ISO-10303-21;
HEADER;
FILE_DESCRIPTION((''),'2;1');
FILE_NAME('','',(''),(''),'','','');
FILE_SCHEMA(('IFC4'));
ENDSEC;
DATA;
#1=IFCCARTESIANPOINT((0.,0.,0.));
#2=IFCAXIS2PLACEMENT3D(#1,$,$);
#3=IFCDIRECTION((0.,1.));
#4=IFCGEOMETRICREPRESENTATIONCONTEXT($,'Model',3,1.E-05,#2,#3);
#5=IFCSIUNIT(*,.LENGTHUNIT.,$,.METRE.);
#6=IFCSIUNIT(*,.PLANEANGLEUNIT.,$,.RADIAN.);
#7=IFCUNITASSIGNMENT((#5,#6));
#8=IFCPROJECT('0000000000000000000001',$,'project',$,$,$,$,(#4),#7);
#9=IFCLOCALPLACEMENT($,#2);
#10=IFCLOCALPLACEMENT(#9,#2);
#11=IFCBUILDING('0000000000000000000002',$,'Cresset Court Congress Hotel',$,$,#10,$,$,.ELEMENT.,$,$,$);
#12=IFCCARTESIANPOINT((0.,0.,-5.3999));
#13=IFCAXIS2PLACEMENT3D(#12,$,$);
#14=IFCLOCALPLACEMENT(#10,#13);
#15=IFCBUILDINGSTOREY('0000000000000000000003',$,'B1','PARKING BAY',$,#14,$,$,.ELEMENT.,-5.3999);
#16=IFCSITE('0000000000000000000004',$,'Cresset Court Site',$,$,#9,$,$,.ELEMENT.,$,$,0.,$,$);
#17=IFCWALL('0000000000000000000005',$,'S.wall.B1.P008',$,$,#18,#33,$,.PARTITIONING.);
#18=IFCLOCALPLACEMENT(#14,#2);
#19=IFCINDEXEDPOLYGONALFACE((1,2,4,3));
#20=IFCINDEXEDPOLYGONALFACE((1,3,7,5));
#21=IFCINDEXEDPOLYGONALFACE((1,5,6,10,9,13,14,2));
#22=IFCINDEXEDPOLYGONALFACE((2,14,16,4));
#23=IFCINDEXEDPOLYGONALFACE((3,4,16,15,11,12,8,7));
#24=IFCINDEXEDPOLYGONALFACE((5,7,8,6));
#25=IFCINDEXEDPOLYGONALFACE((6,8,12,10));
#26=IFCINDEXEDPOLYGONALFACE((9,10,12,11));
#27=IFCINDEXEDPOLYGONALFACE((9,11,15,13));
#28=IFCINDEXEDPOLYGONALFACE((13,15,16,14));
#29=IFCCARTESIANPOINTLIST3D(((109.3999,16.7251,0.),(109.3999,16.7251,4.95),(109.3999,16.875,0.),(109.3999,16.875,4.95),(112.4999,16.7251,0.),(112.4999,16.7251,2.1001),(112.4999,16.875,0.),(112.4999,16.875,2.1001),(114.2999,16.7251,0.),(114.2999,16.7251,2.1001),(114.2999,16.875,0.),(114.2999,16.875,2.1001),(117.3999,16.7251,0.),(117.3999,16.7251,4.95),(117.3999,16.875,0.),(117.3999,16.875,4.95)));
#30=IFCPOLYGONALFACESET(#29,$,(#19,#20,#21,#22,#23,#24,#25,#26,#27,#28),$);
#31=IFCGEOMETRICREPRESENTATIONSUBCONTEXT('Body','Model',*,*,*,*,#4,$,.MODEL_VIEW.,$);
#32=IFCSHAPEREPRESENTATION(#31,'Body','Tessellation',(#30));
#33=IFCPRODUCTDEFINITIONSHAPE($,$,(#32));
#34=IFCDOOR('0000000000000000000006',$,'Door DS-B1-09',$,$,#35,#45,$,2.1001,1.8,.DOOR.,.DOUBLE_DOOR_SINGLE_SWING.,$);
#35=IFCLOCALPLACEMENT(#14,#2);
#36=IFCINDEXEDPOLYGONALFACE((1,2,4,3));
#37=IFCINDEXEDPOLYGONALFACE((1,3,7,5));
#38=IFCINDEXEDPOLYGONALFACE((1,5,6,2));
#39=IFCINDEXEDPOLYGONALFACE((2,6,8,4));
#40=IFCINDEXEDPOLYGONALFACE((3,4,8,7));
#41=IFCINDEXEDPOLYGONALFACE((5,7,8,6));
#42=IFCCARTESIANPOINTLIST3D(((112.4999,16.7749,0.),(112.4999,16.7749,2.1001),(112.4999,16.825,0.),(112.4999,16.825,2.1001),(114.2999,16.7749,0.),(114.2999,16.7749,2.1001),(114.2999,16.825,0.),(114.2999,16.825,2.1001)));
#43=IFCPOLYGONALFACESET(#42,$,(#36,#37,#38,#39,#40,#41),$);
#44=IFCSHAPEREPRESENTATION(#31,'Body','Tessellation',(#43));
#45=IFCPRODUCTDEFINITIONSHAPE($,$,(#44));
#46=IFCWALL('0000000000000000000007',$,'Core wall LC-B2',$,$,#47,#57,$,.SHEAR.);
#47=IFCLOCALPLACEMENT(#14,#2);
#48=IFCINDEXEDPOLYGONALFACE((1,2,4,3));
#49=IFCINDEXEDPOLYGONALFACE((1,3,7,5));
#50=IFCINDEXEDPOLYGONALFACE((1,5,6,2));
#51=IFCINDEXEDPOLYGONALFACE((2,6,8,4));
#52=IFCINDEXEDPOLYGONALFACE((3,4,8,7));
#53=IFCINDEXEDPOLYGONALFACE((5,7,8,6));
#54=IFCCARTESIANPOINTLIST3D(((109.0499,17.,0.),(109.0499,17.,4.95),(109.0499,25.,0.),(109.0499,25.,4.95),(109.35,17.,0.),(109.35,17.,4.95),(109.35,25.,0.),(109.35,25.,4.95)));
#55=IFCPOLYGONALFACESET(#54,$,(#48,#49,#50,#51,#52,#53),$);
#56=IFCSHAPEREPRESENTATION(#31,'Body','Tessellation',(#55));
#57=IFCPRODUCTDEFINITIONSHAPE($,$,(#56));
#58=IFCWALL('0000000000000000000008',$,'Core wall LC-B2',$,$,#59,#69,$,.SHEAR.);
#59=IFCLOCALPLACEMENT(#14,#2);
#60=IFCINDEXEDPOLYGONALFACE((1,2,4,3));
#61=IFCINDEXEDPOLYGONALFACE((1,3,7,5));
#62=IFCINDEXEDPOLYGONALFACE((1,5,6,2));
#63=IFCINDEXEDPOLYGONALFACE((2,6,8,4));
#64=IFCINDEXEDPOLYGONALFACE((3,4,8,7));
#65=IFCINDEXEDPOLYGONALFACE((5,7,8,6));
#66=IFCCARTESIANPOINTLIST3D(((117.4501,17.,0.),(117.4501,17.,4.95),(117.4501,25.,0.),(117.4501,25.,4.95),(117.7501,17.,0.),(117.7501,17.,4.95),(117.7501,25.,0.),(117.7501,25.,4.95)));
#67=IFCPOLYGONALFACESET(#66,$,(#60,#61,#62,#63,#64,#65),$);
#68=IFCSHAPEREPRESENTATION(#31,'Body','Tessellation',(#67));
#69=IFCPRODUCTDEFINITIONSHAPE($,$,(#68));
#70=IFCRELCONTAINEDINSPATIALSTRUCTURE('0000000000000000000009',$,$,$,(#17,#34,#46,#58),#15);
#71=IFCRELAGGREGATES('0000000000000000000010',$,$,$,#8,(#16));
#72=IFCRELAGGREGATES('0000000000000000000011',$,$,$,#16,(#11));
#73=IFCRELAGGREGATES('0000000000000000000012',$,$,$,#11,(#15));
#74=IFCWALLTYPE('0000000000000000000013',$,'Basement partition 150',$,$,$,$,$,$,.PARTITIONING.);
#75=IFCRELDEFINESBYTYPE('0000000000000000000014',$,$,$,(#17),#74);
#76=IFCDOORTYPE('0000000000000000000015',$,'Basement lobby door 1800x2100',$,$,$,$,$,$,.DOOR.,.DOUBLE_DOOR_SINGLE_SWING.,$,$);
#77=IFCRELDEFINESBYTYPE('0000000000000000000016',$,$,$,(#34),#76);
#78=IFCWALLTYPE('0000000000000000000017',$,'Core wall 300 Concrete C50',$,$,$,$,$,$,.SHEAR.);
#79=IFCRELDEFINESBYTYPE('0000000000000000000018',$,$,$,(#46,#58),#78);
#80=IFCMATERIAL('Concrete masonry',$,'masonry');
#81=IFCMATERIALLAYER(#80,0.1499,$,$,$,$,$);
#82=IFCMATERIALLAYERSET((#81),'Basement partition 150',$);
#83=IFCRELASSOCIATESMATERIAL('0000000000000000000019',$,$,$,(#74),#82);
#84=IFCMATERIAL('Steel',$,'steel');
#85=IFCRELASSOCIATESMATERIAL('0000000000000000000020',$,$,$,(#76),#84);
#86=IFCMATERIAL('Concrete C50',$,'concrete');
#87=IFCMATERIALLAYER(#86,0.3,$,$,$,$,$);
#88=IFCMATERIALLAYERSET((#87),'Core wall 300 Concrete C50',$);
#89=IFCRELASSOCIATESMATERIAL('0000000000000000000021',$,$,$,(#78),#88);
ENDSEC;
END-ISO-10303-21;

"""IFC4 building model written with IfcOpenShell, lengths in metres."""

from ifc_helpers import new_model, si_unit, direction, frame, frame_2d, origin, place, context, subcontext, project, spatial, rectangle, extrude, material, layer, layer_set, type_object, element, fill, save


model = new_model("IFC4")

# Units and contexts
model_context = context("Model", 3, precision=1e-05, world=origin(), true_north=direction((0.0, 1.0)))
body_context = subcontext(model_context, "Body", "Model", "MODEL_VIEW")
ifc_project = project(units=[si_unit("LENGTHUNIT", "METRE"), si_unit("PLANEANGLEUNIT", "RADIAN")], contexts=[model_context])

# Site, building, storey
site_placement = place(None, origin())
site = spatial("IfcSite", under=ifc_project, at=site_placement, Name="Cresset Court Site", CompositionType="ELEMENT", RefElevation=0.0)
building_placement = place(site_placement, origin())
building = spatial("IfcBuilding", under=site, at=building_placement, Name="Cresset Court Congress Hotel", CompositionType="ELEMENT")
storey_placement = place(building_placement, frame((0.0, 0.0, -5.3999)))
storey = spatial("IfcBuildingStorey", under=building, at=storey_placement, Name="B1", Description="PARKING BAY", CompositionType="ELEMENT", Elevation=-5.3999)

# Wall, opening, door
ifc_material_1 = material(Name="Concrete masonry", Category="masonry")
ifc_layer_1 = layer(ifc_material_1, 0.1499)
ifc_layer_set_1 = layer_set([ifc_layer_1], Name="Basement partition 150")
wall_type_1 = type_object("IfcWallType", Name="Basement partition 150", PredefinedType="PARTITIONING", material=ifc_layer_set_1)
wall_placement = place(storey_placement, frame((109.3999, 16.8, 0.0), z_axis=(0.0, 0.0, 1.0), x_axis=(1.0, 0.0, 0.0)))
wall = element("IfcWall", 1, at=wall_placement, inside=storey, type_object=wall_type_1, Name="S.wall.B1.P008", PredefinedType="PARTITIONING", context=body_context, shape_type="SweptSolid", body=[
    extrude(rectangle(XDim=8.0, YDim=0.1499, at=frame_2d((4.0, 0.0))), origin(), (0.0, 0.0, 1.0), 4.95),
])
opening_placement = place(wall_placement, frame((3.1001, 0.0, 0.0)))
opening = element("IfcOpeningElement", 2, at=opening_placement, cuts=wall, PredefinedType="OPENING", context=body_context, shape_type="SweptSolid", body=[
    extrude(rectangle(XDim=1.8, YDim=2.1001, at=frame_2d((0.8999, 1.05))), frame((0.0, 0.085, 0.0), z_axis=(0.0, -1.0, 0.0), x_axis=(1.0, 0.0, 0.0)), (0.0, 0.0, 1.0), 0.1699),
])
ifc_material_2 = material(Name="Steel", Category="steel")
door_type = type_object("IfcDoorType", Name="Basement lobby door 1800x2100", OperationType="DOUBLE_DOOR_SINGLE_SWING", PredefinedType="DOOR", material=ifc_material_2)
door_placement = place(opening_placement, origin())
door = element("IfcDoor", 3, at=door_placement, inside=storey, type_object=door_type, Name="Door DS-B1-09", OperationType="DOUBLE_DOOR_SINGLE_SWING", OverallHeight=2.1001, OverallWidth=1.8, PredefinedType="DOOR", context=body_context, shape_type="SweptSolid", body=[
    extrude(rectangle(XDim=1.8, YDim=2.1001, at=frame_2d((0.8999, 1.05))), frame((0.0, 0.0249, 0.0), z_axis=(0.0, -1.0, 0.0), x_axis=(1.0, 0.0, 0.0)), (0.0, 0.0, 1.0), 0.05),
])
fill(opening, door)

# Walls
ifc_material_3 = material(Name="Concrete C50", Category="concrete")
ifc_layer_2 = layer(ifc_material_3, 0.3)
ifc_layer_set_2 = layer_set([ifc_layer_2], Name="Core wall 300 Concrete C50")
wall_type_2 = type_object("IfcWallType", Name="Core wall 300 Concrete C50", PredefinedType="SHEAR", material=ifc_layer_set_2)
for number, where, z_axis, x_axis, name in (
    (4, (109.2, 17.0, 0.0), (0.0, 0.0, 1.0), (0.0, 1.0, 0.0), "Core wall LC-B2"),
    (5, (117.6001, 17.0, 0.0), (0.0, 0.0, 1.0), (0.0, 1.0, 0.0), "Core wall LC-B2"),
):
    element("IfcWall", number, at=place(storey_placement, frame(where, z_axis=z_axis, x_axis=x_axis)), inside=storey, type_object=wall_type_2, Name=name, PredefinedType="SHEAR", context=body_context, shape_type="SweptSolid", body=[
        extrude(rectangle(XDim=8.0, YDim=0.3, at=frame_2d((4.0, 0.0))), origin(), (0.0, 0.0, 1.0), 4.95),
    ])

save(model, "model.ifc")
